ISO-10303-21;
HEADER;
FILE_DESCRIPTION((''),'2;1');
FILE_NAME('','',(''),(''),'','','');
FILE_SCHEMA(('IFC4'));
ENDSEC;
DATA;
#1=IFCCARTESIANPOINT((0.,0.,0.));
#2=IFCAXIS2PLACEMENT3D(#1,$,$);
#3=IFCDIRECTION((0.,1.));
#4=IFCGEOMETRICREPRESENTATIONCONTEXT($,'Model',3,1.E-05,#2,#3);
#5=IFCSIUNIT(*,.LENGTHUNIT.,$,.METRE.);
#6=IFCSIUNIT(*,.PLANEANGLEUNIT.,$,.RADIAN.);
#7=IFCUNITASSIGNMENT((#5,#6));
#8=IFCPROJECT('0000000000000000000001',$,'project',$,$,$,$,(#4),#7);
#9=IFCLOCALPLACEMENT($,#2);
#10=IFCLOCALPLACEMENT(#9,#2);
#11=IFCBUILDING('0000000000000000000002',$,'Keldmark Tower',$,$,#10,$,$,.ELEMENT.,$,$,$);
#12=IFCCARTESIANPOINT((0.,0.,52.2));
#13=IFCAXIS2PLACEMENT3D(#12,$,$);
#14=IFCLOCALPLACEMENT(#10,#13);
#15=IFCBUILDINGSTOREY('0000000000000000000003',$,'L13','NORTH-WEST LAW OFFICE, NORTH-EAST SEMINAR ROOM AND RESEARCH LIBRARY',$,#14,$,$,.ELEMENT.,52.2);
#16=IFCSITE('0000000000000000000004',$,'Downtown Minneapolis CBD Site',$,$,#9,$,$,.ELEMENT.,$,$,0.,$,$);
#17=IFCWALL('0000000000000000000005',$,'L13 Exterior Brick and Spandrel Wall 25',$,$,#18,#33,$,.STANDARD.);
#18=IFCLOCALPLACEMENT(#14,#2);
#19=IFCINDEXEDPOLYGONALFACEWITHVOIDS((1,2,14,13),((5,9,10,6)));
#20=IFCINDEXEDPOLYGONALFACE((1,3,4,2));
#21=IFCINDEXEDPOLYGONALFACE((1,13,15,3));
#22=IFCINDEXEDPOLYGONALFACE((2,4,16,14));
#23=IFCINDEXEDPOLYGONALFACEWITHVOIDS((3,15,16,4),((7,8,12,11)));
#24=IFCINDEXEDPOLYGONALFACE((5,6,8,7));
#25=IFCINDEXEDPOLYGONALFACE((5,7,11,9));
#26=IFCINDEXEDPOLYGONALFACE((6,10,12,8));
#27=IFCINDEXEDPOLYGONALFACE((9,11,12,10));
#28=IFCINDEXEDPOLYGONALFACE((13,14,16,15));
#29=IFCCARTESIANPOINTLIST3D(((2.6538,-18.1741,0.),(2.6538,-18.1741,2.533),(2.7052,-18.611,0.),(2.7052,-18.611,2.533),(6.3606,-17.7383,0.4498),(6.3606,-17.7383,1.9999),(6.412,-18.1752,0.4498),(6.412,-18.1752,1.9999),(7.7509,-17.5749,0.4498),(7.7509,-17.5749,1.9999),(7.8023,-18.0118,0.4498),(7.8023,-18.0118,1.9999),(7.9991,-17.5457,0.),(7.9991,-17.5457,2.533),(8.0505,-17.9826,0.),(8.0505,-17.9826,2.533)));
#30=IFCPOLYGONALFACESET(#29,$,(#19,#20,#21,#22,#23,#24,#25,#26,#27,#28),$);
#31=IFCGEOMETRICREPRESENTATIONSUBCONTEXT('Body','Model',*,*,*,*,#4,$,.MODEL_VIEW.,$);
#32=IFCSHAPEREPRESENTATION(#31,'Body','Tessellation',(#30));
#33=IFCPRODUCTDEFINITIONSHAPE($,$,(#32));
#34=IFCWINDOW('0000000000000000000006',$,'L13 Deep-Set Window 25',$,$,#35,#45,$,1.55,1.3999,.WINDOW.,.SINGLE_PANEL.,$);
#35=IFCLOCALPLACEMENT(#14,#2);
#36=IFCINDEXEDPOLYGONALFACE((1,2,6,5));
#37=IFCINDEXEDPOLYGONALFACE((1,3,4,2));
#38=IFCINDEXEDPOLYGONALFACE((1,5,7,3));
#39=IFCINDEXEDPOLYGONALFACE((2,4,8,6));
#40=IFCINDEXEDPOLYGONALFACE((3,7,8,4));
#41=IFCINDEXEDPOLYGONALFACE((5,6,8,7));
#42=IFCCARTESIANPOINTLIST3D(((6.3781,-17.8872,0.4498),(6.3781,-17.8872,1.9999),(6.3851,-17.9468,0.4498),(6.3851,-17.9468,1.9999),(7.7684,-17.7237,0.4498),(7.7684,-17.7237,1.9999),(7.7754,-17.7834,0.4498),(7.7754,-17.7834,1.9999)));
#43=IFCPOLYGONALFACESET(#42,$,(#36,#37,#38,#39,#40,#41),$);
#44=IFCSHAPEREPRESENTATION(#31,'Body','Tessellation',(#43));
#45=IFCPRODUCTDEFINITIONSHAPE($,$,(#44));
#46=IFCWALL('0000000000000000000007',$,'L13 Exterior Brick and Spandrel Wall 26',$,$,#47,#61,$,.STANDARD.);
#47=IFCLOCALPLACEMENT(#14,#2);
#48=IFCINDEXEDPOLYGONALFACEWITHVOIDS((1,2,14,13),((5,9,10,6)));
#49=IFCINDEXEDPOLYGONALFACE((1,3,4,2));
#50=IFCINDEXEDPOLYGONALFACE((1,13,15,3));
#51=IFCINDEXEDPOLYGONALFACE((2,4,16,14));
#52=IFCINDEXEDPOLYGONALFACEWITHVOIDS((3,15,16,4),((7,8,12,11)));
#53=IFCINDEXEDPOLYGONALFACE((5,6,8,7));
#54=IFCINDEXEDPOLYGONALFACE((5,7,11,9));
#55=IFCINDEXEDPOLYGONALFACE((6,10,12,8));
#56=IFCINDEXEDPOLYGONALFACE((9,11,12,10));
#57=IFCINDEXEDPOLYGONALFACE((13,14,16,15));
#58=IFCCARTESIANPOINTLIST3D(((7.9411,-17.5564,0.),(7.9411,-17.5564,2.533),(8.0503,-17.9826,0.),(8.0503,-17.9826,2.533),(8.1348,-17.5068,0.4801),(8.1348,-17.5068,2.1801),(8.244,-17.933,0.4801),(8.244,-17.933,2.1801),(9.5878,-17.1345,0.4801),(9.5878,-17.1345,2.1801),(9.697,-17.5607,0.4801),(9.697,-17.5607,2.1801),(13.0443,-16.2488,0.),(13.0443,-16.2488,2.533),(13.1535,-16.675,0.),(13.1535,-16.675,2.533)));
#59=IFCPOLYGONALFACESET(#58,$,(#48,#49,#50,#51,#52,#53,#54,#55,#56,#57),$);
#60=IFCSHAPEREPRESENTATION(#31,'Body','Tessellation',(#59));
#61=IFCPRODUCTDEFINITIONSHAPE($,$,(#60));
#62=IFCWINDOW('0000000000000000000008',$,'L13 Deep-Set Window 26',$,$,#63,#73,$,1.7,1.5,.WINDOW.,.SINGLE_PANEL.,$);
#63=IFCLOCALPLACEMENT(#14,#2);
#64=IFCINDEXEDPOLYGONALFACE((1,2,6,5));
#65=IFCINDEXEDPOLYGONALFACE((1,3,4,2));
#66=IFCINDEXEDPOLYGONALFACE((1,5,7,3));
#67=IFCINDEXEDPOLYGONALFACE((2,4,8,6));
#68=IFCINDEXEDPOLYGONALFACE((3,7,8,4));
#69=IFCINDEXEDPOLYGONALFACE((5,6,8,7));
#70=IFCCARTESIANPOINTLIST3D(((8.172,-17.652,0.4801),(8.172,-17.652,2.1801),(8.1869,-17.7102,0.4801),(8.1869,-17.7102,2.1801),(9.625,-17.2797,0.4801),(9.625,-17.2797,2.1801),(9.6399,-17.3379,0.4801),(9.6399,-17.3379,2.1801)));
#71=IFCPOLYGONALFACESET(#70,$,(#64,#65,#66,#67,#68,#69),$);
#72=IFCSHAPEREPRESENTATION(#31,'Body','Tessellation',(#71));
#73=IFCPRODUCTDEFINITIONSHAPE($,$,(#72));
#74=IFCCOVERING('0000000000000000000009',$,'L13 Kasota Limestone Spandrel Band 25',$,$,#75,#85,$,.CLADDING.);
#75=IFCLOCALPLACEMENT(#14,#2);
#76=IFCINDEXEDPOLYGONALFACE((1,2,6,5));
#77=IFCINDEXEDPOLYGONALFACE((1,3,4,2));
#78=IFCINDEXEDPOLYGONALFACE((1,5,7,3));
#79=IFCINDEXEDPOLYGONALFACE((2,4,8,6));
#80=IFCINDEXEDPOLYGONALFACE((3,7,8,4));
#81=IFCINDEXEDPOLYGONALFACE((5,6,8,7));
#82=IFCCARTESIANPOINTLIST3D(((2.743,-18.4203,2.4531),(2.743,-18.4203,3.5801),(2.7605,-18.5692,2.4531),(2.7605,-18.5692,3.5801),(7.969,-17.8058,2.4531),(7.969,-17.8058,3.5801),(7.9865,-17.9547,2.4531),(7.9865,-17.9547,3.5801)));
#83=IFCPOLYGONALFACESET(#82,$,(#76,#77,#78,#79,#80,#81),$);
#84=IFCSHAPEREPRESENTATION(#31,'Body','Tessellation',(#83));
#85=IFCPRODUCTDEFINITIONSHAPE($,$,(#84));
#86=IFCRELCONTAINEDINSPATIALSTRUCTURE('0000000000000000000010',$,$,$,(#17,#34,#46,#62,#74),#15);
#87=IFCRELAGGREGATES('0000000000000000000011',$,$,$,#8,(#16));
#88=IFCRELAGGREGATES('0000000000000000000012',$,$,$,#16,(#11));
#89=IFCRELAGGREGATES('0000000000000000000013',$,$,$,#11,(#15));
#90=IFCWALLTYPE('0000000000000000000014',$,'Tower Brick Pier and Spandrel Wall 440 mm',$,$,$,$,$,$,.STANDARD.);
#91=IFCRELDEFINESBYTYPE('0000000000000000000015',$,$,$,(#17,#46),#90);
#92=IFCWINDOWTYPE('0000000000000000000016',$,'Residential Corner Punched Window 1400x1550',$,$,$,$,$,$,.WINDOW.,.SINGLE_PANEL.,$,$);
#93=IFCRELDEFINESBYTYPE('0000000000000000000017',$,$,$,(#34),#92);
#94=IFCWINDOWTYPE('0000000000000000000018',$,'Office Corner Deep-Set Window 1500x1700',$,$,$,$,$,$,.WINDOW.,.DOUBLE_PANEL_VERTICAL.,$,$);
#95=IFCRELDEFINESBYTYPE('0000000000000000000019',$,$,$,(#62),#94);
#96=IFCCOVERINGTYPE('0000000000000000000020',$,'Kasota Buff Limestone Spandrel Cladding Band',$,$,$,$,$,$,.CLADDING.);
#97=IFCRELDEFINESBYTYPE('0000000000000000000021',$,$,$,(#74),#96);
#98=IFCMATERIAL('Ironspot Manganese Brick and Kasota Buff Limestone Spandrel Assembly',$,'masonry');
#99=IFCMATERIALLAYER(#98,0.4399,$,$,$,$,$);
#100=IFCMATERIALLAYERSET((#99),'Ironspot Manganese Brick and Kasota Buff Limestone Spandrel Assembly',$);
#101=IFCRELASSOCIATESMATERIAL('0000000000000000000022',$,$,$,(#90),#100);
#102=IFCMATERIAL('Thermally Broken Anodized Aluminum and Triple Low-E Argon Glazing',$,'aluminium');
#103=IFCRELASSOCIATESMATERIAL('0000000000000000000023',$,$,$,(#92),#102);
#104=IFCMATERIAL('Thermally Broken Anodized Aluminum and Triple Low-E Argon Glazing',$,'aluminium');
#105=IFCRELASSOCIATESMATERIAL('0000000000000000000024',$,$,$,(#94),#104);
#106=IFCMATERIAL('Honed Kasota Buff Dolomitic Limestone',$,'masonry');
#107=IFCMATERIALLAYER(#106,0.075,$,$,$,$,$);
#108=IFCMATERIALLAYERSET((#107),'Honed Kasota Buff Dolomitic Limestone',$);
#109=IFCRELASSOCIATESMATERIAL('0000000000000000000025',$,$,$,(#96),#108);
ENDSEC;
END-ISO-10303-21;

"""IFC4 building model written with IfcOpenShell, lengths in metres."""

from ifc_helpers import new_model, si_unit, direction, frame, frame_2d, origin, origin_2d, place, context, subcontext, project, spatial, rectangle, extrude, material, layer, layer_set, type_object, element, fill, save


model = new_model("IFC4")

# Units and contexts
model_context = context("Model", 3, precision=1e-05, world=origin(), true_north=direction((0.0, 1.0)))
body_context = subcontext(model_context, "Body", "Model", "MODEL_VIEW")
ifc_project = project(units=[si_unit("LENGTHUNIT", "METRE"), si_unit("PLANEANGLEUNIT", "RADIAN")], contexts=[model_context])

# Site, building, storey
site_placement = place(None, origin())
site = spatial("IfcSite", under=ifc_project, at=site_placement, Name="Downtown Minneapolis CBD Site", CompositionType="ELEMENT", RefElevation=0.0)
building_placement = place(site_placement, origin())
building = spatial("IfcBuilding", under=site, at=building_placement, Name="Keldmark Tower", CompositionType="ELEMENT")
storey_placement = place(building_placement, frame((0.0, 0.0, 52.2)))
storey = spatial("IfcBuildingStorey", under=building, at=storey_placement, Name="L13", Description="NORTH-WEST LAW OFFICE, NORTH-EAST SEMINAR ROOM AND RESEARCH LIBRARY", CompositionType="ELEMENT", Elevation=52.2)

# Walls, openings, windows
ifc_material_1 = material(Name="Ironspot Manganese Brick and Kasota Buff Limestone Spandrel Assembly", Category="masonry")
ifc_layer_1 = layer(ifc_material_1, 0.4399)
ifc_layer_set_1 = layer_set([ifc_layer_1], Name="Ironspot Manganese Brick and Kasota Buff Limestone Spandrel Assembly")
wall_type_1 = type_object("IfcWallType", Name="Tower Brick Pier and Spandrel Wall 440 mm", PredefinedType="STANDARD", material=ifc_layer_set_1)
ifc_material_2 = material(Name="Thermally Broken Anodized Aluminum and Triple Low-E Argon Glazing", Category="aluminium")
window_type_1 = type_object("IfcWindowType", Name="Residential Corner Punched Window 1400x1550", PartitioningType="SINGLE_PANEL", PredefinedType="WINDOW", material=ifc_material_2)
wall_1_placement = place(storey_placement, frame((8.0247, -17.7642, 0.0), z_axis=(0.0, 0.0, 1.0), x_axis=(-0.99316, -0.116762, 0.0)))
wall_1 = element("IfcWall", 1, at=wall_1_placement, inside=storey, type_object=wall_type_1, Name="L13 Exterior Brick and Spandrel Wall 25", PredefinedType="STANDARD", context=body_context, shape_type="SweptSolid", body=[
    extrude(rectangle(XDim=5.3821, YDim=0.4399, at=frame_2d((2.6909, 0.0))), origin(), (0.0, 0.0, 1.0), 2.533),
])
opening_1_placement = place(wall_1_placement, frame((0.2498, 0.0, 0.45)))
opening_1 = element("IfcOpeningElement", 2, at=opening_1_placement, cuts=wall_1, PredefinedType="OPENING", context=body_context, shape_type="SweptSolid", body=[
    extrude(rectangle(XDim=1.3999, YDim=1.55, at=frame_2d((0.7, 0.7749))), frame((0.0, 0.23, 0.0), z_axis=(0.0, -1.0, 0.0), x_axis=(1.0, 0.0, 0.0)), (0.0, 0.0, 1.0), 0.46),
])
window_1_placement = place(opening_1_placement, origin())
window_1 = element("IfcWindow", 3, at=window_1_placement, inside=storey, type_object=window_type_1, Name="L13 Deep-Set Window 25", OverallHeight=1.55, OverallWidth=1.3999, PartitioningType="SINGLE_PANEL", PredefinedType="WINDOW", context=body_context, shape_type="SweptSolid", body=[
    extrude(rectangle(XDim=1.3999, YDim=1.55, at=frame_2d((0.7, 0.7749))), frame((0.0, -0.01, 0.0), z_axis=(0.0, -1.0, 0.0), x_axis=(1.0, 0.0, 0.0)), (0.0, 0.0, 1.0), 0.0601),
])
fill(opening_1, window_1)
wall_2_placement = place(storey_placement, frame((13.0989, -16.4619, 0.0), z_axis=(0.0, 0.0, 1.0), x_axis=(-0.968706, -0.248213, 0.0)))
wall_2 = element("IfcWall", 4, at=wall_2_placement, inside=storey, type_object=wall_type_1, Name="L13 Exterior Brick and Spandrel Wall 26", PredefinedType="STANDARD", context=body_context, shape_type="SweptSolid", body=[
    extrude(rectangle(XDim=5.2681, YDim=0.4399, at=frame_2d((2.634, 0.0))), origin(), (0.0, 0.0, 1.0), 2.533),
])
opening_2_placement = place(wall_2_placement, frame((3.5681, 0.0, 0.48)))
opening_2 = element("IfcOpeningElement", 5, at=opening_2_placement, cuts=wall_2, PredefinedType="OPENING", context=body_context, shape_type="SweptSolid", body=[
    extrude(rectangle(XDim=1.5, YDim=1.7, at=frame_2d((0.75, 0.8501))), frame((0.0, 0.23, 0.0), z_axis=(0.0, -1.0, 0.0), x_axis=(1.0, 0.0, 0.0)), (0.0, 0.0, 1.0), 0.46),
])
ifc_material_3 = material(Name="Thermally Broken Anodized Aluminum and Triple Low-E Argon Glazing", Category="aluminium")
window_type_2 = type_object("IfcWindowType", Name="Office Corner Deep-Set Window 1500x1700", PartitioningType="DOUBLE_PANEL_VERTICAL", PredefinedType="WINDOW", material=ifc_material_3)
window_2_placement = place(opening_2_placement, origin())
window_2 = element("IfcWindow", 6, at=window_2_placement, inside=storey, type_object=window_type_2, Name="L13 Deep-Set Window 26", OverallHeight=1.7, OverallWidth=1.5, PartitioningType="SINGLE_PANEL", PredefinedType="WINDOW", context=body_context, shape_type="SweptSolid", body=[
    extrude(rectangle(XDim=1.5, YDim=1.7, at=frame_2d((0.75, 0.8501))), frame((0.0, -0.01, 0.0), z_axis=(0.0, -1.0, 0.0), x_axis=(1.0, 0.0, 0.0)), (0.0, 0.0, 1.0), 0.0601),
])
fill(opening_2, window_2)

# Covering
ifc_material_4 = material(Name="Honed Kasota Buff Dolomitic Limestone", Category="masonry")
ifc_layer_2 = layer(ifc_material_4, 0.075)
ifc_layer_set_2 = layer_set([ifc_layer_2], Name="Honed Kasota Buff Dolomitic Limestone")
covering_type = type_object("IfcCoveringType", Name="Kasota Buff Limestone Spandrel Cladding Band", PredefinedType="CLADDING", material=ifc_layer_set_2)
covering_placement = place(storey_placement, frame((5.3647, -18.1875, 2.4531), z_axis=(0.0, 0.0, 1.0), x_axis=(0.993158, 0.116775, 0.0)))
element("IfcCovering", 7, at=covering_placement, inside=storey, type_object=covering_type, Name="L13 Kasota Limestone Spandrel Band 25", PredefinedType="CLADDING", context=body_context, shape_type="SweptSolid", body=[
    extrude(rectangle(XDim=5.262, YDim=0.1499, at=origin_2d()), origin(), (0.0, 0.0, 1.0), 1.127),
])

save(model, "model.ifc")
